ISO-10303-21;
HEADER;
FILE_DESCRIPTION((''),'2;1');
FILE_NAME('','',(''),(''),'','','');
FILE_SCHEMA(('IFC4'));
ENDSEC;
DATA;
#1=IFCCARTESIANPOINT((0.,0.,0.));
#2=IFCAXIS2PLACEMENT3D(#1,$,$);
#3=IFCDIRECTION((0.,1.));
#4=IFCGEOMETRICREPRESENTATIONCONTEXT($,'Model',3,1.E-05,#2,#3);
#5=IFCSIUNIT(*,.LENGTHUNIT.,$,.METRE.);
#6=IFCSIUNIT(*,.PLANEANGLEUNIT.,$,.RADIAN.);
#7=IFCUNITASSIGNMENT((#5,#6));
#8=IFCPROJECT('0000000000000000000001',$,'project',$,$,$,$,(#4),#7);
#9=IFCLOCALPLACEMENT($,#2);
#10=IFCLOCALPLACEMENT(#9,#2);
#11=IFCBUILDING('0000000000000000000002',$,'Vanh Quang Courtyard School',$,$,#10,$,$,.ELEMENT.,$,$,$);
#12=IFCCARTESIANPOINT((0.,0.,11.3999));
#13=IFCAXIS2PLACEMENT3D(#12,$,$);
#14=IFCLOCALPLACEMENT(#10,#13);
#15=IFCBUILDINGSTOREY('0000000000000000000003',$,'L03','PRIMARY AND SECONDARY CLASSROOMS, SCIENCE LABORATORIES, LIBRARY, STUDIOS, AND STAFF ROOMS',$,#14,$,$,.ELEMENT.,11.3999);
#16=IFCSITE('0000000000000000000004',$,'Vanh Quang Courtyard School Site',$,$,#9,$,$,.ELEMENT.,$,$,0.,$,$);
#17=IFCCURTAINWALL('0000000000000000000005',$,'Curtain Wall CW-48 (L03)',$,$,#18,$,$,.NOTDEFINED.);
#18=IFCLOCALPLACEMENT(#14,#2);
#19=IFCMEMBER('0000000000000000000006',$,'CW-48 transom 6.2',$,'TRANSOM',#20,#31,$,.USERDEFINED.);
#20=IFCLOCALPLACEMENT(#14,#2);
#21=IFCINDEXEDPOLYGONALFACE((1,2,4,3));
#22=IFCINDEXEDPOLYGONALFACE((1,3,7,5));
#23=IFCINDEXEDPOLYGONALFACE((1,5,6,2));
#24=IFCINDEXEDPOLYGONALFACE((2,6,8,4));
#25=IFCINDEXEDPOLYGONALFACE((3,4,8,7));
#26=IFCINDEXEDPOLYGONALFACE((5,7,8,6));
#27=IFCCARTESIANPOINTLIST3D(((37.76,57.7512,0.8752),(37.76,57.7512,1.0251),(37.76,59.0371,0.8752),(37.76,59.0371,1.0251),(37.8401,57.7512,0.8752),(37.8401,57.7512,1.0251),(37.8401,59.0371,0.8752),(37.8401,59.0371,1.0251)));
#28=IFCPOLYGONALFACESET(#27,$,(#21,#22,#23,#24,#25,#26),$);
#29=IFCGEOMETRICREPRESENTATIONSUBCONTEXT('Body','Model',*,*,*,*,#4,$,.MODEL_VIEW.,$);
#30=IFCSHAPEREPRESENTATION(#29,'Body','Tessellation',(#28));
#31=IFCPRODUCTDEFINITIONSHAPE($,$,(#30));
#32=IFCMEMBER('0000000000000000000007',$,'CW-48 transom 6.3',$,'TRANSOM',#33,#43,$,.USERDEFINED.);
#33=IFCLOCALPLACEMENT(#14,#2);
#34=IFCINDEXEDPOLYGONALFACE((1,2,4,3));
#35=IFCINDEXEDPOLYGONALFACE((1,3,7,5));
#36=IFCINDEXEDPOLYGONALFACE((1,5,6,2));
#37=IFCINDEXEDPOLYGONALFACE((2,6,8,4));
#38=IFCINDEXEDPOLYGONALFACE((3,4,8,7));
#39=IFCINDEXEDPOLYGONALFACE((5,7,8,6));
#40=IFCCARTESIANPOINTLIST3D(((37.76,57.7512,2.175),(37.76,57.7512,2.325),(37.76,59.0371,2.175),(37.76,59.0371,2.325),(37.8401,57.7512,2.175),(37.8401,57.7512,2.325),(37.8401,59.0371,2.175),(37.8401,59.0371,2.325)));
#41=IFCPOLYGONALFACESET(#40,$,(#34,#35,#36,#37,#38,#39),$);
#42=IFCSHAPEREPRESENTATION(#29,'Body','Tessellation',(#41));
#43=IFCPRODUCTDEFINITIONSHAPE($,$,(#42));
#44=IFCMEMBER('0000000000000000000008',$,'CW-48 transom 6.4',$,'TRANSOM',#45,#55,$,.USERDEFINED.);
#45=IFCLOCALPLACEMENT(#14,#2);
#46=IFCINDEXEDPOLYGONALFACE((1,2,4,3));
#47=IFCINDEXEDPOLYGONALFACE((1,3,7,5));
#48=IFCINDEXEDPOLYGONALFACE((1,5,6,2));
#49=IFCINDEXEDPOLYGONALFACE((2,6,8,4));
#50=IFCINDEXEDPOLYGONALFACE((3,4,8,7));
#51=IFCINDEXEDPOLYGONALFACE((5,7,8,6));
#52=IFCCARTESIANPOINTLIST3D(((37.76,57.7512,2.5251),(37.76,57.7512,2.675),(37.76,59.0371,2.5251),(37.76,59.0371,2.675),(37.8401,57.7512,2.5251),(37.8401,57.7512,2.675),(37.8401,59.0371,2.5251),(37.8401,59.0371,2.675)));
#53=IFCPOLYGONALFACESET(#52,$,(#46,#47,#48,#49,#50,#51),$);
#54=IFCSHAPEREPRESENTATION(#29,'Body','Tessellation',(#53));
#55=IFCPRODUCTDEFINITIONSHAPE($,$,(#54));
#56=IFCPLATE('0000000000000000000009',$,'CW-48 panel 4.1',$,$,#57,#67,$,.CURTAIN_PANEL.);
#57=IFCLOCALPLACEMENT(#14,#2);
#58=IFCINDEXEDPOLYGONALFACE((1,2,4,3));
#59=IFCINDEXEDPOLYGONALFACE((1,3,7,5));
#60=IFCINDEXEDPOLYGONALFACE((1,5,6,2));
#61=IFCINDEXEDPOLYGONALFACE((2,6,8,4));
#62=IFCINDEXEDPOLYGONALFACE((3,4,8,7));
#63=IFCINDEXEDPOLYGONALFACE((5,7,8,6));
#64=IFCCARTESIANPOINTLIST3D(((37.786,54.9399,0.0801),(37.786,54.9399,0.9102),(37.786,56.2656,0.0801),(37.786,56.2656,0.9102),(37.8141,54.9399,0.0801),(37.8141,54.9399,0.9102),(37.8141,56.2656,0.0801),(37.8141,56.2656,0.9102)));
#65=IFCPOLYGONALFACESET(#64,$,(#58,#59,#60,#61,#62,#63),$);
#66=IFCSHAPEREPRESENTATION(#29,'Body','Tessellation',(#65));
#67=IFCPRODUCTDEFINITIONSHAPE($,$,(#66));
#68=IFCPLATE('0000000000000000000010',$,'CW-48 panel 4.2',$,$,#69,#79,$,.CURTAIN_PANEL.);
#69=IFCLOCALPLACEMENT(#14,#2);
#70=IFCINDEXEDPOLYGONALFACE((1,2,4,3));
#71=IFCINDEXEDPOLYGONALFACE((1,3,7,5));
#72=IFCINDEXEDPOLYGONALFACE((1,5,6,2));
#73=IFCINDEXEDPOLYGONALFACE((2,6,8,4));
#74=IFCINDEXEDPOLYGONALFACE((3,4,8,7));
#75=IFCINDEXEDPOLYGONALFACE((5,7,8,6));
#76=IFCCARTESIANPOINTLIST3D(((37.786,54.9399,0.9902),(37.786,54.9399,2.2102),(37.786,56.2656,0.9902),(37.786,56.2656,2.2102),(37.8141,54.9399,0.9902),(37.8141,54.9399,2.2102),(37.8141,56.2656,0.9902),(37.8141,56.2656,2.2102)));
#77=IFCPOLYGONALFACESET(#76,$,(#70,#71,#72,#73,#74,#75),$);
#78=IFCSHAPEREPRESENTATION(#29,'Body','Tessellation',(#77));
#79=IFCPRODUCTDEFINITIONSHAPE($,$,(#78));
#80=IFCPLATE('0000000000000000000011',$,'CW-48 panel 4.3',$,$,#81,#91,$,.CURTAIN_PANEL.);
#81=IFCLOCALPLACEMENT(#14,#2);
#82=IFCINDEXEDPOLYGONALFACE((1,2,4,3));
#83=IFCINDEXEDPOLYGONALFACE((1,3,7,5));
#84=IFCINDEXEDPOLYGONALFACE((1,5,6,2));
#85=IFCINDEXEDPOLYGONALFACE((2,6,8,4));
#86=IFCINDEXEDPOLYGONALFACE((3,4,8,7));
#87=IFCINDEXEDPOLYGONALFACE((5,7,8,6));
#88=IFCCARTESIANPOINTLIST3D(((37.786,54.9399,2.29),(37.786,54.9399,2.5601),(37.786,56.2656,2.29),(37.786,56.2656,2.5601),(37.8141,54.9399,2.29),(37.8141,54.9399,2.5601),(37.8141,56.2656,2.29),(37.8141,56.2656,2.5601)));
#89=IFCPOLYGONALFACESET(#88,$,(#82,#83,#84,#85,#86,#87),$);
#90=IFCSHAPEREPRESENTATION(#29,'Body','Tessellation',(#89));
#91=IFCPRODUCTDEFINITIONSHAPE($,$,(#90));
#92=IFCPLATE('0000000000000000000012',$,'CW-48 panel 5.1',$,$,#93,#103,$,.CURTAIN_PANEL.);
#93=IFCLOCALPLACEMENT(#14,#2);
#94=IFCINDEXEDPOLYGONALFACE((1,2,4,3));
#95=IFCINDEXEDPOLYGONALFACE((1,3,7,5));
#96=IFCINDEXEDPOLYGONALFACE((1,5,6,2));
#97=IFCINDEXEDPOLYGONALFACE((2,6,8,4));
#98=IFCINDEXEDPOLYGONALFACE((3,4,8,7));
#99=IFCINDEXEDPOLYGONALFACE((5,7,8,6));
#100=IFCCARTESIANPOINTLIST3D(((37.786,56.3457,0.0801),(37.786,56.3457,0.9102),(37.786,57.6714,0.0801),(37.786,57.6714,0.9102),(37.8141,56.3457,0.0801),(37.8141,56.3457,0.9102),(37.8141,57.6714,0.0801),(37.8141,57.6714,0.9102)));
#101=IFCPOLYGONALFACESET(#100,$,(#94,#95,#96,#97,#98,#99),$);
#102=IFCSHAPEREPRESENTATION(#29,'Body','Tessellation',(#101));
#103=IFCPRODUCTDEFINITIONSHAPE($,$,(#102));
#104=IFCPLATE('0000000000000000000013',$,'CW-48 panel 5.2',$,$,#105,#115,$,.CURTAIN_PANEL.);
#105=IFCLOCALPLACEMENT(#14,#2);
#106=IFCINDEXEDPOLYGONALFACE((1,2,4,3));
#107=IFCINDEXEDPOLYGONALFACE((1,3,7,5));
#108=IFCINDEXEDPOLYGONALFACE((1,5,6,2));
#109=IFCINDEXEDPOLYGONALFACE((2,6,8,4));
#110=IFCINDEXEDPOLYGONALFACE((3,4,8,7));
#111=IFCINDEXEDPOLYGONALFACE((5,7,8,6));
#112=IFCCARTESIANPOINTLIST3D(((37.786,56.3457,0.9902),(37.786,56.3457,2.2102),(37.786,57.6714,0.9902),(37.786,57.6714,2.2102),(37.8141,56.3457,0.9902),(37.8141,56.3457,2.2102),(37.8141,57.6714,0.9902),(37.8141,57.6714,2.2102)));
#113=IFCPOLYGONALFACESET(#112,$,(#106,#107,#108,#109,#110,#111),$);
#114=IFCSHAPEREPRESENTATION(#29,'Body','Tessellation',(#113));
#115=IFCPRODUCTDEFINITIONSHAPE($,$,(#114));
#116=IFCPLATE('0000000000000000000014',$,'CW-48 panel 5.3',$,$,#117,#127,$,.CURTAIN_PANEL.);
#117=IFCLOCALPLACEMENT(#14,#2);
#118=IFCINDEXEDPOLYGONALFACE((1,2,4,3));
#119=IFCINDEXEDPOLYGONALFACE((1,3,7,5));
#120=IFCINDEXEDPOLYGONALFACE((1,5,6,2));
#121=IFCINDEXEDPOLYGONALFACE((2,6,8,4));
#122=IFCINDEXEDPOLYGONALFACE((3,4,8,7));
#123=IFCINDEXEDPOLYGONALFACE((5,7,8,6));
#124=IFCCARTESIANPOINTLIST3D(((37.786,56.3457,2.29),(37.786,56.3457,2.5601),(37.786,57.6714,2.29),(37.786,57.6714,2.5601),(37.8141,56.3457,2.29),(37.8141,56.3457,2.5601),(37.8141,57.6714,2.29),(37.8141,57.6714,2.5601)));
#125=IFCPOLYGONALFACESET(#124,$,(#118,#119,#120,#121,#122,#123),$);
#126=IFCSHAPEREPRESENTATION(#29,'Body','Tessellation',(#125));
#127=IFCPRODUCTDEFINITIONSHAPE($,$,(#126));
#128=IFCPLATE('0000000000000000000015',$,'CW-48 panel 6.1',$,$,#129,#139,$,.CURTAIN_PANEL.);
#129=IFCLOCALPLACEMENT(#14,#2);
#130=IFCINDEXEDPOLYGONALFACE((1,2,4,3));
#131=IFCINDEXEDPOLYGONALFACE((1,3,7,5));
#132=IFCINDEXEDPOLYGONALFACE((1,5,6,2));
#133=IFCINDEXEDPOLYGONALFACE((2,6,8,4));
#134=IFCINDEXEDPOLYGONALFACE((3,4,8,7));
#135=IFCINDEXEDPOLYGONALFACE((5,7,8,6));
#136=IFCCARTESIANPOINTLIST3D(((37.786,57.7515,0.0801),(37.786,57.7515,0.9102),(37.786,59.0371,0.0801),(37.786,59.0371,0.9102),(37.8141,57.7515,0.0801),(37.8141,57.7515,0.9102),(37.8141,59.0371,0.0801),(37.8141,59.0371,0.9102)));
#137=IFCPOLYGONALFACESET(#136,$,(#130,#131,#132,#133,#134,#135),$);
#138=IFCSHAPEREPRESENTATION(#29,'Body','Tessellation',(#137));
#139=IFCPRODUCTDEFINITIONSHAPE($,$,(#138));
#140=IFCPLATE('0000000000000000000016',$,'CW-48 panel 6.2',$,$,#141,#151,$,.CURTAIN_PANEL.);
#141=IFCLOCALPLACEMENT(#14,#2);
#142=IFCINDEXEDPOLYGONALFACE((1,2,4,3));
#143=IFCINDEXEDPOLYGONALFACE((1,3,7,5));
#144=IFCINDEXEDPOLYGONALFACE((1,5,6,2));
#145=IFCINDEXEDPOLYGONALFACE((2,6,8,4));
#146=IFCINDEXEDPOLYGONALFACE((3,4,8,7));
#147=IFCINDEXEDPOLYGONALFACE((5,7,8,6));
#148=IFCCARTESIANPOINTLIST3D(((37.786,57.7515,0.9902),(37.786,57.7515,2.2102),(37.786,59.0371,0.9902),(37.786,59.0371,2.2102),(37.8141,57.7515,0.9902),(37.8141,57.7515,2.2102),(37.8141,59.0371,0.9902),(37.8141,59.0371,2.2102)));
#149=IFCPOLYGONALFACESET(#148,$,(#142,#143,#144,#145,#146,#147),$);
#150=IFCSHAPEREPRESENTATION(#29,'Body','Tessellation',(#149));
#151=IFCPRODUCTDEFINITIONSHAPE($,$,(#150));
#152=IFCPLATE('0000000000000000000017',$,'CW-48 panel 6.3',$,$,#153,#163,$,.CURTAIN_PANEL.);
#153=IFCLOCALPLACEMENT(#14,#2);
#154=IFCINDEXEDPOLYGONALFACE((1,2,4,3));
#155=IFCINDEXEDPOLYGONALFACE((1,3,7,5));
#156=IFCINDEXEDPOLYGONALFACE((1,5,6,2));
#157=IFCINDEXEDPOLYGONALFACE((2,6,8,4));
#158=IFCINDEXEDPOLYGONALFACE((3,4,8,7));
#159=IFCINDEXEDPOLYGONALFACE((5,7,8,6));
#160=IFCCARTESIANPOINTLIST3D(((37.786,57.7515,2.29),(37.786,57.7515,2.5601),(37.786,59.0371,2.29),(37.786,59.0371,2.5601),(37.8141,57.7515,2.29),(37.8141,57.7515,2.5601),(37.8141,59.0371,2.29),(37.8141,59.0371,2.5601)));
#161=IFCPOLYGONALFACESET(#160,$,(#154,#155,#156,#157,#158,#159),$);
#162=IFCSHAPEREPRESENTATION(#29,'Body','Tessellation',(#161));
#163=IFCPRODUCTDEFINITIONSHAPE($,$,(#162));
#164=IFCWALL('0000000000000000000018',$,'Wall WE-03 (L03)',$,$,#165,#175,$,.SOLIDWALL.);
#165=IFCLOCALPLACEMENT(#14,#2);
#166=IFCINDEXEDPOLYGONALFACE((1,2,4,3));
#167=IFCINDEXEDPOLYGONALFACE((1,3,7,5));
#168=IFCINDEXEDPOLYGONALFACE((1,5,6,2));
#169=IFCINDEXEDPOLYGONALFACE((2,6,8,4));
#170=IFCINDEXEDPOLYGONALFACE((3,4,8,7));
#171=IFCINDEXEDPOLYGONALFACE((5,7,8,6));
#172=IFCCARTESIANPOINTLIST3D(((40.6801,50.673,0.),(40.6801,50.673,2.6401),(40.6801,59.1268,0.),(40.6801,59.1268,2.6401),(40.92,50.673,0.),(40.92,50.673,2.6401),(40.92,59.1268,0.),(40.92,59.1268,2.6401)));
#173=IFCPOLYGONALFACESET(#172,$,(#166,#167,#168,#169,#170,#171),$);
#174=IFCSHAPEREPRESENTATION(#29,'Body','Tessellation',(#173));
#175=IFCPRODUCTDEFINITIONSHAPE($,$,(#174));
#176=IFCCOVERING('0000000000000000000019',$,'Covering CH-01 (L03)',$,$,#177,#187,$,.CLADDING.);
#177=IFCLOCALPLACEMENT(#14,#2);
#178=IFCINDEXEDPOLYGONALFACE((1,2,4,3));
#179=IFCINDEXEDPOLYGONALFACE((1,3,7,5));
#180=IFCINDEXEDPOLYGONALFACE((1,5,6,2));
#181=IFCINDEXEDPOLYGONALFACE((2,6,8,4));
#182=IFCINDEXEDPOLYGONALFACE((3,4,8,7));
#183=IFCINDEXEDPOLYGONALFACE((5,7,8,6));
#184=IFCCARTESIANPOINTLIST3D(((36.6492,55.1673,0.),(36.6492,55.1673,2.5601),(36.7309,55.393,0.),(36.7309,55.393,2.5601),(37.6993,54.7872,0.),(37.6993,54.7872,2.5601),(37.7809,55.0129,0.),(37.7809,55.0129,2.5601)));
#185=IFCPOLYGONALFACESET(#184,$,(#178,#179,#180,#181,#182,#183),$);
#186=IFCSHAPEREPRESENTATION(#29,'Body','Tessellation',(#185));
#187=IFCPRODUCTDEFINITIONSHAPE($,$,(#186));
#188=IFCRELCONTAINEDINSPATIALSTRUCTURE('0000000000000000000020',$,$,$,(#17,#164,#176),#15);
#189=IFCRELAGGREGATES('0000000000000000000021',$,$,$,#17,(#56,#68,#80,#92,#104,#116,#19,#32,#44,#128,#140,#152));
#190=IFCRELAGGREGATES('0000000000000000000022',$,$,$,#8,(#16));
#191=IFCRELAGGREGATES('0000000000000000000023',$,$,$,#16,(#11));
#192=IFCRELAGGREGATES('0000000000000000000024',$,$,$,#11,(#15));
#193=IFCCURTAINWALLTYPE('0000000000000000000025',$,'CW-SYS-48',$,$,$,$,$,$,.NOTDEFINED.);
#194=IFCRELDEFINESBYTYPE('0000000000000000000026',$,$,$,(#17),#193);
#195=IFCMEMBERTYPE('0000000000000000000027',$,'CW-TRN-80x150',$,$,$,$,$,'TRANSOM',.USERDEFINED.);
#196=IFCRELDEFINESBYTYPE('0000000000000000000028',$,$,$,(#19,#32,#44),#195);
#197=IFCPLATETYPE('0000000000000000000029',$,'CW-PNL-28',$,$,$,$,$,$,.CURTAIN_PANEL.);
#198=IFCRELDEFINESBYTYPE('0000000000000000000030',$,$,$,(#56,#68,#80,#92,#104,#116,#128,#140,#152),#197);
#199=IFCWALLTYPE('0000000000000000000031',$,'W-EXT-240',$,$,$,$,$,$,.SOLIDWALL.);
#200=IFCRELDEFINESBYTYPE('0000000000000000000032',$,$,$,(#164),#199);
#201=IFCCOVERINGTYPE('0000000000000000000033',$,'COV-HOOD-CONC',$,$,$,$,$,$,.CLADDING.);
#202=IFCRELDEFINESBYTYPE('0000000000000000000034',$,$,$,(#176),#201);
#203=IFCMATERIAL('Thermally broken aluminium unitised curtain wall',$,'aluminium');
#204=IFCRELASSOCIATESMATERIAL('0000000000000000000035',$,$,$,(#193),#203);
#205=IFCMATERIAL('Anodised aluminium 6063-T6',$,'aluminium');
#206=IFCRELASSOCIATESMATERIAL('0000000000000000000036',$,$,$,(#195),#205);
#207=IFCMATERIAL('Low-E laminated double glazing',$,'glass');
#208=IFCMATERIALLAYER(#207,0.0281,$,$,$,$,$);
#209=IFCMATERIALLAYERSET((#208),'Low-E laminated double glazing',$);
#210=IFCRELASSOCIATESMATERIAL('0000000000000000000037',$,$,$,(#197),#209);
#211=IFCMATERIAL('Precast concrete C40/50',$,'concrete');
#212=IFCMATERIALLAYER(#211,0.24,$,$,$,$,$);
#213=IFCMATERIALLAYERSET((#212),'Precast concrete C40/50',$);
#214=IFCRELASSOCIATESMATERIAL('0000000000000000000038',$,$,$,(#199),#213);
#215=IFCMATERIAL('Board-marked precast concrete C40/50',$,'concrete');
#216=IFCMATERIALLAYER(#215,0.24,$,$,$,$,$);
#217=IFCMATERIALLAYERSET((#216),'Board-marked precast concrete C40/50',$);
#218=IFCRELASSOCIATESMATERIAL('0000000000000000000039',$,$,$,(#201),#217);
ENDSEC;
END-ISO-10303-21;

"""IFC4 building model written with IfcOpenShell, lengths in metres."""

from ifc_helpers import new_model, si_unit, direction, frame, frame_2d, origin, origin_2d, place, context, subcontext, project, spatial, rectangle, extrude, material, layer, layer_set, material_profile, profile_set, type_object, element, aggregate, save


model = new_model("IFC4")

# Units and contexts
model_context = context("Model", 3, precision=1e-05, world=origin(), true_north=direction((0.0, 1.0)))
body_context = subcontext(model_context, "Body", "Model", "MODEL_VIEW")
ifc_project = project(units=[si_unit("LENGTHUNIT", "METRE"), si_unit("PLANEANGLEUNIT", "RADIAN")], contexts=[model_context])

# Site, building, storey
site_placement = place(None, origin())
site = spatial("IfcSite", under=ifc_project, at=site_placement, Name="Vanh Quang Courtyard School Site", CompositionType="ELEMENT", RefElevation=0.0)
building_placement = place(site_placement, origin())
building = spatial("IfcBuilding", under=site, at=building_placement, Name="Vanh Quang Courtyard School", CompositionType="ELEMENT")
storey_placement = place(building_placement, frame((0.0, 0.0, 11.3999)))
storey = spatial("IfcBuildingStorey", under=building, at=storey_placement, Name="L03", Description="PRIMARY AND SECONDARY CLASSROOMS, SCIENCE LABORATORIES, LIBRARY, STUDIOS, AND STAFF ROOMS", CompositionType="ELEMENT", Elevation=11.3999)

# Curtain wall, members, plates
ifc_material_1 = material(Name="Thermally broken aluminium unitised curtain wall", Category="aluminium")
curtain_wall_type = type_object("IfcCurtainWallType", Name="CW-SYS-48", PredefinedType="NOTDEFINED", material=ifc_material_1)
curtain_wall_placement = place(storey_placement, origin())
curtain_wall = element("IfcCurtainWall", 1, at=curtain_wall_placement, inside=storey, type_object=curtain_wall_type, Name="Curtain Wall CW-48 (L03)", PredefinedType="NOTDEFINED")
ifc_material_2 = material(Name="Anodised aluminium 6063-T6", Category="aluminium")
ifc_material_profile_1 = material_profile(ifc_material_2, rectangle(XDim=0.0801, YDim=0.1499, at=origin_2d()), Name="ALU-TRN 80x150")
ifc_profile_set_1 = profile_set([ifc_material_profile_1], Name="Anodised aluminium 6063-T6")
member_type_1 = type_object("IfcMemberType", Name="CW-TRN-80x150", ElementType="TRANSOM", PredefinedType="USERDEFINED", material=ifc_profile_set_1)
member_1_placement = place(storey_placement, frame((37.8, 57.7512, 0.9502), z_axis=(0.0, 1.0, 0.0), x_axis=(-1.0, 0.0, 0.0)))
member_1 = element("IfcMember", 2, at=member_1_placement, type_object=member_type_1, Name="CW-48 transom 6.2", ObjectType="TRANSOM", PredefinedType="USERDEFINED", context=body_context, shape_type="SweptSolid", body=[
    extrude(rectangle(XDim=0.0801, YDim=0.1499, at=origin_2d()), origin(), (0.0, 0.0, 1.0), 1.2859),
])
member_2_placement = place(storey_placement, frame((37.8, 57.7512, 2.25), z_axis=(0.0, 1.0, 0.0), x_axis=(-1.0, 0.0, 0.0)))
member_2 = element("IfcMember", 3, at=member_2_placement, type_object=member_type_1, Name="CW-48 transom 6.3", ObjectType="TRANSOM", PredefinedType="USERDEFINED", context=body_context, shape_type="SweptSolid", body=[
    extrude(rectangle(XDim=0.0801, YDim=0.1499, at=origin_2d()), origin(), (0.0, 0.0, 1.0), 1.2859),
])
member_3_placement = place(storey_placement, frame((37.8, 57.7512, 2.6001), z_axis=(0.0, 1.0, 0.0), x_axis=(-1.0, 0.0, 0.0)))
member_3 = element("IfcMember", 4, at=member_3_placement, type_object=member_type_1, Name="CW-48 transom 6.4", ObjectType="TRANSOM", PredefinedType="USERDEFINED", context=body_context, shape_type="SweptSolid", body=[
    extrude(rectangle(XDim=0.0801, YDim=0.1499, at=origin_2d()), origin(), (0.0, 0.0, 1.0), 1.2859),
])
ifc_material_3 = material(Name="Low-E laminated double glazing", Category="glass")
ifc_layer_1 = layer(ifc_material_3, 0.0281)
ifc_layer_set_1 = layer_set([ifc_layer_1], Name="Low-E laminated double glazing")
plate_type = type_object("IfcPlateType", Name="CW-PNL-28", PredefinedType="CURTAIN_PANEL", material=ifc_layer_set_1)
plate_1_placement = place(storey_placement, frame((37.8, 55.6028, 0.0801), z_axis=(0.0, 0.0, 1.0), x_axis=(0.0, 1.0, 0.0)))
plate_1 = element("IfcPlate", 5, at=plate_1_placement, type_object=plate_type, Name="CW-48 panel 4.1", PredefinedType="CURTAIN_PANEL", context=body_context, shape_type="SweptSolid", body=[
    extrude(rectangle(XDim=1.3257, YDim=0.0281, at=origin_2d()), origin(), (0.0, 0.0, 1.0), 0.8301),
])
plate_2_placement = place(storey_placement, frame((37.8, 55.6028, 0.9902), z_axis=(0.0, 0.0, 1.0), x_axis=(0.0, 1.0, 0.0)))
plate_2 = element("IfcPlate", 6, at=plate_2_placement, type_object=plate_type, Name="CW-48 panel 4.2", PredefinedType="CURTAIN_PANEL", context=body_context, shape_type="SweptSolid", body=[
    extrude(rectangle(XDim=1.3257, YDim=0.0281, at=origin_2d()), origin(), (0.0, 0.0, 1.0), 1.22),
])
plate_3_placement = place(storey_placement, frame((37.8, 55.6028, 2.29), z_axis=(0.0, 0.0, 1.0), x_axis=(0.0, 1.0, 0.0)))
plate_3 = element("IfcPlate", 7, at=plate_3_placement, type_object=plate_type, Name="CW-48 panel 4.3", PredefinedType="CURTAIN_PANEL", context=body_context, shape_type="SweptSolid", body=[
    extrude(rectangle(XDim=1.3257, YDim=0.0281, at=origin_2d()), origin(), (0.0, 0.0, 1.0), 0.27),
])
plate_4_placement = place(storey_placement, frame((37.8, 57.0085, 0.0801), z_axis=(0.0, 0.0, 1.0), x_axis=(0.0, 1.0, 0.0)))
plate_4 = element("IfcPlate", 8, at=plate_4_placement, type_object=plate_type, Name="CW-48 panel 5.1", PredefinedType="CURTAIN_PANEL", context=body_context, shape_type="SweptSolid", body=[
    extrude(rectangle(XDim=1.3257, YDim=0.0281, at=origin_2d()), origin(), (0.0, 0.0, 1.0), 0.8301),
])
plate_5_placement = place(storey_placement, frame((37.8, 57.0085, 0.9902), z_axis=(0.0, 0.0, 1.0), x_axis=(0.0, 1.0, 0.0)))
plate_5 = element("IfcPlate", 9, at=plate_5_placement, type_object=plate_type, Name="CW-48 panel 5.2", PredefinedType="CURTAIN_PANEL", context=body_context, shape_type="SweptSolid", body=[
    extrude(rectangle(XDim=1.3257, YDim=0.0281, at=origin_2d()), origin(), (0.0, 0.0, 1.0), 1.22),
])
plate_6_placement = place(storey_placement, frame((37.8, 57.0085, 2.29), z_axis=(0.0, 0.0, 1.0), x_axis=(0.0, 1.0, 0.0)))
plate_6 = element("IfcPlate", 10, at=plate_6_placement, type_object=plate_type, Name="CW-48 panel 5.3", PredefinedType="CURTAIN_PANEL", context=body_context, shape_type="SweptSolid", body=[
    extrude(rectangle(XDim=1.3257, YDim=0.0281, at=origin_2d()), origin(), (0.0, 0.0, 1.0), 0.27),
])
plate_7_placement = place(storey_placement, frame((37.8, 58.3943, 0.0801), z_axis=(0.0, 0.0, 1.0), x_axis=(0.0, 1.0, 0.0)))
plate_7 = element("IfcPlate", 11, at=plate_7_placement, type_object=plate_type, Name="CW-48 panel 6.1", PredefinedType="CURTAIN_PANEL", context=body_context, shape_type="SweptSolid", body=[
    extrude(rectangle(XDim=1.2856, YDim=0.0281, at=origin_2d()), origin(), (0.0, 0.0, 1.0), 0.8301),
])
plate_8_placement = place(storey_placement, frame((37.8, 58.3943, 0.9902), z_axis=(0.0, 0.0, 1.0), x_axis=(0.0, 1.0, 0.0)))
plate_8 = element("IfcPlate", 12, at=plate_8_placement, type_object=plate_type, Name="CW-48 panel 6.2", PredefinedType="CURTAIN_PANEL", context=body_context, shape_type="SweptSolid", body=[
    extrude(rectangle(XDim=1.2856, YDim=0.0281, at=origin_2d()), origin(), (0.0, 0.0, 1.0), 1.22),
])
plate_9_placement = place(storey_placement, frame((37.8, 58.3943, 2.29), z_axis=(0.0, 0.0, 1.0), x_axis=(0.0, 1.0, 0.0)))
plate_9 = element("IfcPlate", 13, at=plate_9_placement, type_object=plate_type, Name="CW-48 panel 6.3", PredefinedType="CURTAIN_PANEL", context=body_context, shape_type="SweptSolid", body=[
    extrude(rectangle(XDim=1.2856, YDim=0.0281, at=origin_2d()), origin(), (0.0, 0.0, 1.0), 0.27),
])
aggregate(curtain_wall, [plate_1, plate_2, plate_3, plate_4, plate_5, plate_6, member_1, member_2, member_3, plate_7, plate_8, plate_9])

# Wall
ifc_material_4 = material(Name="Precast concrete C40/50", Category="concrete")
ifc_layer_2 = layer(ifc_material_4, 0.24)
ifc_layer_set_2 = layer_set([ifc_layer_2], Name="Precast concrete C40/50")
wall_type = type_object("IfcWallType", Name="W-EXT-240", PredefinedType="SOLIDWALL", material=ifc_layer_set_2)
wall_placement = place(storey_placement, frame((40.8, 59.127, 0.0), z_axis=(0.0, 0.0, 1.0), x_axis=(0.0, -1.0, 0.0)))
element("IfcWall", 14, at=wall_placement, inside=storey, type_object=wall_type, Name="Wall WE-03 (L03)", PredefinedType="SOLIDWALL", context=body_context, shape_type="SweptSolid", body=[
    extrude(rectangle(XDim=8.4539, YDim=0.24, at=frame_2d((4.2271, 0.0))), origin(), (0.0, 0.0, 1.0), 2.6401),
])

# Covering
ifc_material_5 = material(Name="Board-marked precast concrete C40/50", Category="concrete")
ifc_layer_3 = layer(ifc_material_5, 0.24)
ifc_layer_set_3 = layer_set([ifc_layer_3], Name="Board-marked precast concrete C40/50")
covering_type = type_object("IfcCoveringType", Name="COV-HOOD-CONC", PredefinedType="CLADDING", material=ifc_layer_set_3)
covering_placement = place(storey_placement, frame((37.2151, 55.0901, 0.0), z_axis=(0.0, 0.0, 1.0), x_axis=(-0.940288, 0.34038, 0.0)))
element("IfcCovering", 15, at=covering_placement, inside=storey, type_object=covering_type, Name="Covering CH-01 (L03)", PredefinedType="CLADDING", context=body_context, shape_type="SweptSolid", body=[
    extrude(rectangle(XDim=1.1167, YDim=0.24, at=origin_2d()), origin(), (0.0, 0.0, 1.0), 2.5601),
])

save(model, "model.ifc")
